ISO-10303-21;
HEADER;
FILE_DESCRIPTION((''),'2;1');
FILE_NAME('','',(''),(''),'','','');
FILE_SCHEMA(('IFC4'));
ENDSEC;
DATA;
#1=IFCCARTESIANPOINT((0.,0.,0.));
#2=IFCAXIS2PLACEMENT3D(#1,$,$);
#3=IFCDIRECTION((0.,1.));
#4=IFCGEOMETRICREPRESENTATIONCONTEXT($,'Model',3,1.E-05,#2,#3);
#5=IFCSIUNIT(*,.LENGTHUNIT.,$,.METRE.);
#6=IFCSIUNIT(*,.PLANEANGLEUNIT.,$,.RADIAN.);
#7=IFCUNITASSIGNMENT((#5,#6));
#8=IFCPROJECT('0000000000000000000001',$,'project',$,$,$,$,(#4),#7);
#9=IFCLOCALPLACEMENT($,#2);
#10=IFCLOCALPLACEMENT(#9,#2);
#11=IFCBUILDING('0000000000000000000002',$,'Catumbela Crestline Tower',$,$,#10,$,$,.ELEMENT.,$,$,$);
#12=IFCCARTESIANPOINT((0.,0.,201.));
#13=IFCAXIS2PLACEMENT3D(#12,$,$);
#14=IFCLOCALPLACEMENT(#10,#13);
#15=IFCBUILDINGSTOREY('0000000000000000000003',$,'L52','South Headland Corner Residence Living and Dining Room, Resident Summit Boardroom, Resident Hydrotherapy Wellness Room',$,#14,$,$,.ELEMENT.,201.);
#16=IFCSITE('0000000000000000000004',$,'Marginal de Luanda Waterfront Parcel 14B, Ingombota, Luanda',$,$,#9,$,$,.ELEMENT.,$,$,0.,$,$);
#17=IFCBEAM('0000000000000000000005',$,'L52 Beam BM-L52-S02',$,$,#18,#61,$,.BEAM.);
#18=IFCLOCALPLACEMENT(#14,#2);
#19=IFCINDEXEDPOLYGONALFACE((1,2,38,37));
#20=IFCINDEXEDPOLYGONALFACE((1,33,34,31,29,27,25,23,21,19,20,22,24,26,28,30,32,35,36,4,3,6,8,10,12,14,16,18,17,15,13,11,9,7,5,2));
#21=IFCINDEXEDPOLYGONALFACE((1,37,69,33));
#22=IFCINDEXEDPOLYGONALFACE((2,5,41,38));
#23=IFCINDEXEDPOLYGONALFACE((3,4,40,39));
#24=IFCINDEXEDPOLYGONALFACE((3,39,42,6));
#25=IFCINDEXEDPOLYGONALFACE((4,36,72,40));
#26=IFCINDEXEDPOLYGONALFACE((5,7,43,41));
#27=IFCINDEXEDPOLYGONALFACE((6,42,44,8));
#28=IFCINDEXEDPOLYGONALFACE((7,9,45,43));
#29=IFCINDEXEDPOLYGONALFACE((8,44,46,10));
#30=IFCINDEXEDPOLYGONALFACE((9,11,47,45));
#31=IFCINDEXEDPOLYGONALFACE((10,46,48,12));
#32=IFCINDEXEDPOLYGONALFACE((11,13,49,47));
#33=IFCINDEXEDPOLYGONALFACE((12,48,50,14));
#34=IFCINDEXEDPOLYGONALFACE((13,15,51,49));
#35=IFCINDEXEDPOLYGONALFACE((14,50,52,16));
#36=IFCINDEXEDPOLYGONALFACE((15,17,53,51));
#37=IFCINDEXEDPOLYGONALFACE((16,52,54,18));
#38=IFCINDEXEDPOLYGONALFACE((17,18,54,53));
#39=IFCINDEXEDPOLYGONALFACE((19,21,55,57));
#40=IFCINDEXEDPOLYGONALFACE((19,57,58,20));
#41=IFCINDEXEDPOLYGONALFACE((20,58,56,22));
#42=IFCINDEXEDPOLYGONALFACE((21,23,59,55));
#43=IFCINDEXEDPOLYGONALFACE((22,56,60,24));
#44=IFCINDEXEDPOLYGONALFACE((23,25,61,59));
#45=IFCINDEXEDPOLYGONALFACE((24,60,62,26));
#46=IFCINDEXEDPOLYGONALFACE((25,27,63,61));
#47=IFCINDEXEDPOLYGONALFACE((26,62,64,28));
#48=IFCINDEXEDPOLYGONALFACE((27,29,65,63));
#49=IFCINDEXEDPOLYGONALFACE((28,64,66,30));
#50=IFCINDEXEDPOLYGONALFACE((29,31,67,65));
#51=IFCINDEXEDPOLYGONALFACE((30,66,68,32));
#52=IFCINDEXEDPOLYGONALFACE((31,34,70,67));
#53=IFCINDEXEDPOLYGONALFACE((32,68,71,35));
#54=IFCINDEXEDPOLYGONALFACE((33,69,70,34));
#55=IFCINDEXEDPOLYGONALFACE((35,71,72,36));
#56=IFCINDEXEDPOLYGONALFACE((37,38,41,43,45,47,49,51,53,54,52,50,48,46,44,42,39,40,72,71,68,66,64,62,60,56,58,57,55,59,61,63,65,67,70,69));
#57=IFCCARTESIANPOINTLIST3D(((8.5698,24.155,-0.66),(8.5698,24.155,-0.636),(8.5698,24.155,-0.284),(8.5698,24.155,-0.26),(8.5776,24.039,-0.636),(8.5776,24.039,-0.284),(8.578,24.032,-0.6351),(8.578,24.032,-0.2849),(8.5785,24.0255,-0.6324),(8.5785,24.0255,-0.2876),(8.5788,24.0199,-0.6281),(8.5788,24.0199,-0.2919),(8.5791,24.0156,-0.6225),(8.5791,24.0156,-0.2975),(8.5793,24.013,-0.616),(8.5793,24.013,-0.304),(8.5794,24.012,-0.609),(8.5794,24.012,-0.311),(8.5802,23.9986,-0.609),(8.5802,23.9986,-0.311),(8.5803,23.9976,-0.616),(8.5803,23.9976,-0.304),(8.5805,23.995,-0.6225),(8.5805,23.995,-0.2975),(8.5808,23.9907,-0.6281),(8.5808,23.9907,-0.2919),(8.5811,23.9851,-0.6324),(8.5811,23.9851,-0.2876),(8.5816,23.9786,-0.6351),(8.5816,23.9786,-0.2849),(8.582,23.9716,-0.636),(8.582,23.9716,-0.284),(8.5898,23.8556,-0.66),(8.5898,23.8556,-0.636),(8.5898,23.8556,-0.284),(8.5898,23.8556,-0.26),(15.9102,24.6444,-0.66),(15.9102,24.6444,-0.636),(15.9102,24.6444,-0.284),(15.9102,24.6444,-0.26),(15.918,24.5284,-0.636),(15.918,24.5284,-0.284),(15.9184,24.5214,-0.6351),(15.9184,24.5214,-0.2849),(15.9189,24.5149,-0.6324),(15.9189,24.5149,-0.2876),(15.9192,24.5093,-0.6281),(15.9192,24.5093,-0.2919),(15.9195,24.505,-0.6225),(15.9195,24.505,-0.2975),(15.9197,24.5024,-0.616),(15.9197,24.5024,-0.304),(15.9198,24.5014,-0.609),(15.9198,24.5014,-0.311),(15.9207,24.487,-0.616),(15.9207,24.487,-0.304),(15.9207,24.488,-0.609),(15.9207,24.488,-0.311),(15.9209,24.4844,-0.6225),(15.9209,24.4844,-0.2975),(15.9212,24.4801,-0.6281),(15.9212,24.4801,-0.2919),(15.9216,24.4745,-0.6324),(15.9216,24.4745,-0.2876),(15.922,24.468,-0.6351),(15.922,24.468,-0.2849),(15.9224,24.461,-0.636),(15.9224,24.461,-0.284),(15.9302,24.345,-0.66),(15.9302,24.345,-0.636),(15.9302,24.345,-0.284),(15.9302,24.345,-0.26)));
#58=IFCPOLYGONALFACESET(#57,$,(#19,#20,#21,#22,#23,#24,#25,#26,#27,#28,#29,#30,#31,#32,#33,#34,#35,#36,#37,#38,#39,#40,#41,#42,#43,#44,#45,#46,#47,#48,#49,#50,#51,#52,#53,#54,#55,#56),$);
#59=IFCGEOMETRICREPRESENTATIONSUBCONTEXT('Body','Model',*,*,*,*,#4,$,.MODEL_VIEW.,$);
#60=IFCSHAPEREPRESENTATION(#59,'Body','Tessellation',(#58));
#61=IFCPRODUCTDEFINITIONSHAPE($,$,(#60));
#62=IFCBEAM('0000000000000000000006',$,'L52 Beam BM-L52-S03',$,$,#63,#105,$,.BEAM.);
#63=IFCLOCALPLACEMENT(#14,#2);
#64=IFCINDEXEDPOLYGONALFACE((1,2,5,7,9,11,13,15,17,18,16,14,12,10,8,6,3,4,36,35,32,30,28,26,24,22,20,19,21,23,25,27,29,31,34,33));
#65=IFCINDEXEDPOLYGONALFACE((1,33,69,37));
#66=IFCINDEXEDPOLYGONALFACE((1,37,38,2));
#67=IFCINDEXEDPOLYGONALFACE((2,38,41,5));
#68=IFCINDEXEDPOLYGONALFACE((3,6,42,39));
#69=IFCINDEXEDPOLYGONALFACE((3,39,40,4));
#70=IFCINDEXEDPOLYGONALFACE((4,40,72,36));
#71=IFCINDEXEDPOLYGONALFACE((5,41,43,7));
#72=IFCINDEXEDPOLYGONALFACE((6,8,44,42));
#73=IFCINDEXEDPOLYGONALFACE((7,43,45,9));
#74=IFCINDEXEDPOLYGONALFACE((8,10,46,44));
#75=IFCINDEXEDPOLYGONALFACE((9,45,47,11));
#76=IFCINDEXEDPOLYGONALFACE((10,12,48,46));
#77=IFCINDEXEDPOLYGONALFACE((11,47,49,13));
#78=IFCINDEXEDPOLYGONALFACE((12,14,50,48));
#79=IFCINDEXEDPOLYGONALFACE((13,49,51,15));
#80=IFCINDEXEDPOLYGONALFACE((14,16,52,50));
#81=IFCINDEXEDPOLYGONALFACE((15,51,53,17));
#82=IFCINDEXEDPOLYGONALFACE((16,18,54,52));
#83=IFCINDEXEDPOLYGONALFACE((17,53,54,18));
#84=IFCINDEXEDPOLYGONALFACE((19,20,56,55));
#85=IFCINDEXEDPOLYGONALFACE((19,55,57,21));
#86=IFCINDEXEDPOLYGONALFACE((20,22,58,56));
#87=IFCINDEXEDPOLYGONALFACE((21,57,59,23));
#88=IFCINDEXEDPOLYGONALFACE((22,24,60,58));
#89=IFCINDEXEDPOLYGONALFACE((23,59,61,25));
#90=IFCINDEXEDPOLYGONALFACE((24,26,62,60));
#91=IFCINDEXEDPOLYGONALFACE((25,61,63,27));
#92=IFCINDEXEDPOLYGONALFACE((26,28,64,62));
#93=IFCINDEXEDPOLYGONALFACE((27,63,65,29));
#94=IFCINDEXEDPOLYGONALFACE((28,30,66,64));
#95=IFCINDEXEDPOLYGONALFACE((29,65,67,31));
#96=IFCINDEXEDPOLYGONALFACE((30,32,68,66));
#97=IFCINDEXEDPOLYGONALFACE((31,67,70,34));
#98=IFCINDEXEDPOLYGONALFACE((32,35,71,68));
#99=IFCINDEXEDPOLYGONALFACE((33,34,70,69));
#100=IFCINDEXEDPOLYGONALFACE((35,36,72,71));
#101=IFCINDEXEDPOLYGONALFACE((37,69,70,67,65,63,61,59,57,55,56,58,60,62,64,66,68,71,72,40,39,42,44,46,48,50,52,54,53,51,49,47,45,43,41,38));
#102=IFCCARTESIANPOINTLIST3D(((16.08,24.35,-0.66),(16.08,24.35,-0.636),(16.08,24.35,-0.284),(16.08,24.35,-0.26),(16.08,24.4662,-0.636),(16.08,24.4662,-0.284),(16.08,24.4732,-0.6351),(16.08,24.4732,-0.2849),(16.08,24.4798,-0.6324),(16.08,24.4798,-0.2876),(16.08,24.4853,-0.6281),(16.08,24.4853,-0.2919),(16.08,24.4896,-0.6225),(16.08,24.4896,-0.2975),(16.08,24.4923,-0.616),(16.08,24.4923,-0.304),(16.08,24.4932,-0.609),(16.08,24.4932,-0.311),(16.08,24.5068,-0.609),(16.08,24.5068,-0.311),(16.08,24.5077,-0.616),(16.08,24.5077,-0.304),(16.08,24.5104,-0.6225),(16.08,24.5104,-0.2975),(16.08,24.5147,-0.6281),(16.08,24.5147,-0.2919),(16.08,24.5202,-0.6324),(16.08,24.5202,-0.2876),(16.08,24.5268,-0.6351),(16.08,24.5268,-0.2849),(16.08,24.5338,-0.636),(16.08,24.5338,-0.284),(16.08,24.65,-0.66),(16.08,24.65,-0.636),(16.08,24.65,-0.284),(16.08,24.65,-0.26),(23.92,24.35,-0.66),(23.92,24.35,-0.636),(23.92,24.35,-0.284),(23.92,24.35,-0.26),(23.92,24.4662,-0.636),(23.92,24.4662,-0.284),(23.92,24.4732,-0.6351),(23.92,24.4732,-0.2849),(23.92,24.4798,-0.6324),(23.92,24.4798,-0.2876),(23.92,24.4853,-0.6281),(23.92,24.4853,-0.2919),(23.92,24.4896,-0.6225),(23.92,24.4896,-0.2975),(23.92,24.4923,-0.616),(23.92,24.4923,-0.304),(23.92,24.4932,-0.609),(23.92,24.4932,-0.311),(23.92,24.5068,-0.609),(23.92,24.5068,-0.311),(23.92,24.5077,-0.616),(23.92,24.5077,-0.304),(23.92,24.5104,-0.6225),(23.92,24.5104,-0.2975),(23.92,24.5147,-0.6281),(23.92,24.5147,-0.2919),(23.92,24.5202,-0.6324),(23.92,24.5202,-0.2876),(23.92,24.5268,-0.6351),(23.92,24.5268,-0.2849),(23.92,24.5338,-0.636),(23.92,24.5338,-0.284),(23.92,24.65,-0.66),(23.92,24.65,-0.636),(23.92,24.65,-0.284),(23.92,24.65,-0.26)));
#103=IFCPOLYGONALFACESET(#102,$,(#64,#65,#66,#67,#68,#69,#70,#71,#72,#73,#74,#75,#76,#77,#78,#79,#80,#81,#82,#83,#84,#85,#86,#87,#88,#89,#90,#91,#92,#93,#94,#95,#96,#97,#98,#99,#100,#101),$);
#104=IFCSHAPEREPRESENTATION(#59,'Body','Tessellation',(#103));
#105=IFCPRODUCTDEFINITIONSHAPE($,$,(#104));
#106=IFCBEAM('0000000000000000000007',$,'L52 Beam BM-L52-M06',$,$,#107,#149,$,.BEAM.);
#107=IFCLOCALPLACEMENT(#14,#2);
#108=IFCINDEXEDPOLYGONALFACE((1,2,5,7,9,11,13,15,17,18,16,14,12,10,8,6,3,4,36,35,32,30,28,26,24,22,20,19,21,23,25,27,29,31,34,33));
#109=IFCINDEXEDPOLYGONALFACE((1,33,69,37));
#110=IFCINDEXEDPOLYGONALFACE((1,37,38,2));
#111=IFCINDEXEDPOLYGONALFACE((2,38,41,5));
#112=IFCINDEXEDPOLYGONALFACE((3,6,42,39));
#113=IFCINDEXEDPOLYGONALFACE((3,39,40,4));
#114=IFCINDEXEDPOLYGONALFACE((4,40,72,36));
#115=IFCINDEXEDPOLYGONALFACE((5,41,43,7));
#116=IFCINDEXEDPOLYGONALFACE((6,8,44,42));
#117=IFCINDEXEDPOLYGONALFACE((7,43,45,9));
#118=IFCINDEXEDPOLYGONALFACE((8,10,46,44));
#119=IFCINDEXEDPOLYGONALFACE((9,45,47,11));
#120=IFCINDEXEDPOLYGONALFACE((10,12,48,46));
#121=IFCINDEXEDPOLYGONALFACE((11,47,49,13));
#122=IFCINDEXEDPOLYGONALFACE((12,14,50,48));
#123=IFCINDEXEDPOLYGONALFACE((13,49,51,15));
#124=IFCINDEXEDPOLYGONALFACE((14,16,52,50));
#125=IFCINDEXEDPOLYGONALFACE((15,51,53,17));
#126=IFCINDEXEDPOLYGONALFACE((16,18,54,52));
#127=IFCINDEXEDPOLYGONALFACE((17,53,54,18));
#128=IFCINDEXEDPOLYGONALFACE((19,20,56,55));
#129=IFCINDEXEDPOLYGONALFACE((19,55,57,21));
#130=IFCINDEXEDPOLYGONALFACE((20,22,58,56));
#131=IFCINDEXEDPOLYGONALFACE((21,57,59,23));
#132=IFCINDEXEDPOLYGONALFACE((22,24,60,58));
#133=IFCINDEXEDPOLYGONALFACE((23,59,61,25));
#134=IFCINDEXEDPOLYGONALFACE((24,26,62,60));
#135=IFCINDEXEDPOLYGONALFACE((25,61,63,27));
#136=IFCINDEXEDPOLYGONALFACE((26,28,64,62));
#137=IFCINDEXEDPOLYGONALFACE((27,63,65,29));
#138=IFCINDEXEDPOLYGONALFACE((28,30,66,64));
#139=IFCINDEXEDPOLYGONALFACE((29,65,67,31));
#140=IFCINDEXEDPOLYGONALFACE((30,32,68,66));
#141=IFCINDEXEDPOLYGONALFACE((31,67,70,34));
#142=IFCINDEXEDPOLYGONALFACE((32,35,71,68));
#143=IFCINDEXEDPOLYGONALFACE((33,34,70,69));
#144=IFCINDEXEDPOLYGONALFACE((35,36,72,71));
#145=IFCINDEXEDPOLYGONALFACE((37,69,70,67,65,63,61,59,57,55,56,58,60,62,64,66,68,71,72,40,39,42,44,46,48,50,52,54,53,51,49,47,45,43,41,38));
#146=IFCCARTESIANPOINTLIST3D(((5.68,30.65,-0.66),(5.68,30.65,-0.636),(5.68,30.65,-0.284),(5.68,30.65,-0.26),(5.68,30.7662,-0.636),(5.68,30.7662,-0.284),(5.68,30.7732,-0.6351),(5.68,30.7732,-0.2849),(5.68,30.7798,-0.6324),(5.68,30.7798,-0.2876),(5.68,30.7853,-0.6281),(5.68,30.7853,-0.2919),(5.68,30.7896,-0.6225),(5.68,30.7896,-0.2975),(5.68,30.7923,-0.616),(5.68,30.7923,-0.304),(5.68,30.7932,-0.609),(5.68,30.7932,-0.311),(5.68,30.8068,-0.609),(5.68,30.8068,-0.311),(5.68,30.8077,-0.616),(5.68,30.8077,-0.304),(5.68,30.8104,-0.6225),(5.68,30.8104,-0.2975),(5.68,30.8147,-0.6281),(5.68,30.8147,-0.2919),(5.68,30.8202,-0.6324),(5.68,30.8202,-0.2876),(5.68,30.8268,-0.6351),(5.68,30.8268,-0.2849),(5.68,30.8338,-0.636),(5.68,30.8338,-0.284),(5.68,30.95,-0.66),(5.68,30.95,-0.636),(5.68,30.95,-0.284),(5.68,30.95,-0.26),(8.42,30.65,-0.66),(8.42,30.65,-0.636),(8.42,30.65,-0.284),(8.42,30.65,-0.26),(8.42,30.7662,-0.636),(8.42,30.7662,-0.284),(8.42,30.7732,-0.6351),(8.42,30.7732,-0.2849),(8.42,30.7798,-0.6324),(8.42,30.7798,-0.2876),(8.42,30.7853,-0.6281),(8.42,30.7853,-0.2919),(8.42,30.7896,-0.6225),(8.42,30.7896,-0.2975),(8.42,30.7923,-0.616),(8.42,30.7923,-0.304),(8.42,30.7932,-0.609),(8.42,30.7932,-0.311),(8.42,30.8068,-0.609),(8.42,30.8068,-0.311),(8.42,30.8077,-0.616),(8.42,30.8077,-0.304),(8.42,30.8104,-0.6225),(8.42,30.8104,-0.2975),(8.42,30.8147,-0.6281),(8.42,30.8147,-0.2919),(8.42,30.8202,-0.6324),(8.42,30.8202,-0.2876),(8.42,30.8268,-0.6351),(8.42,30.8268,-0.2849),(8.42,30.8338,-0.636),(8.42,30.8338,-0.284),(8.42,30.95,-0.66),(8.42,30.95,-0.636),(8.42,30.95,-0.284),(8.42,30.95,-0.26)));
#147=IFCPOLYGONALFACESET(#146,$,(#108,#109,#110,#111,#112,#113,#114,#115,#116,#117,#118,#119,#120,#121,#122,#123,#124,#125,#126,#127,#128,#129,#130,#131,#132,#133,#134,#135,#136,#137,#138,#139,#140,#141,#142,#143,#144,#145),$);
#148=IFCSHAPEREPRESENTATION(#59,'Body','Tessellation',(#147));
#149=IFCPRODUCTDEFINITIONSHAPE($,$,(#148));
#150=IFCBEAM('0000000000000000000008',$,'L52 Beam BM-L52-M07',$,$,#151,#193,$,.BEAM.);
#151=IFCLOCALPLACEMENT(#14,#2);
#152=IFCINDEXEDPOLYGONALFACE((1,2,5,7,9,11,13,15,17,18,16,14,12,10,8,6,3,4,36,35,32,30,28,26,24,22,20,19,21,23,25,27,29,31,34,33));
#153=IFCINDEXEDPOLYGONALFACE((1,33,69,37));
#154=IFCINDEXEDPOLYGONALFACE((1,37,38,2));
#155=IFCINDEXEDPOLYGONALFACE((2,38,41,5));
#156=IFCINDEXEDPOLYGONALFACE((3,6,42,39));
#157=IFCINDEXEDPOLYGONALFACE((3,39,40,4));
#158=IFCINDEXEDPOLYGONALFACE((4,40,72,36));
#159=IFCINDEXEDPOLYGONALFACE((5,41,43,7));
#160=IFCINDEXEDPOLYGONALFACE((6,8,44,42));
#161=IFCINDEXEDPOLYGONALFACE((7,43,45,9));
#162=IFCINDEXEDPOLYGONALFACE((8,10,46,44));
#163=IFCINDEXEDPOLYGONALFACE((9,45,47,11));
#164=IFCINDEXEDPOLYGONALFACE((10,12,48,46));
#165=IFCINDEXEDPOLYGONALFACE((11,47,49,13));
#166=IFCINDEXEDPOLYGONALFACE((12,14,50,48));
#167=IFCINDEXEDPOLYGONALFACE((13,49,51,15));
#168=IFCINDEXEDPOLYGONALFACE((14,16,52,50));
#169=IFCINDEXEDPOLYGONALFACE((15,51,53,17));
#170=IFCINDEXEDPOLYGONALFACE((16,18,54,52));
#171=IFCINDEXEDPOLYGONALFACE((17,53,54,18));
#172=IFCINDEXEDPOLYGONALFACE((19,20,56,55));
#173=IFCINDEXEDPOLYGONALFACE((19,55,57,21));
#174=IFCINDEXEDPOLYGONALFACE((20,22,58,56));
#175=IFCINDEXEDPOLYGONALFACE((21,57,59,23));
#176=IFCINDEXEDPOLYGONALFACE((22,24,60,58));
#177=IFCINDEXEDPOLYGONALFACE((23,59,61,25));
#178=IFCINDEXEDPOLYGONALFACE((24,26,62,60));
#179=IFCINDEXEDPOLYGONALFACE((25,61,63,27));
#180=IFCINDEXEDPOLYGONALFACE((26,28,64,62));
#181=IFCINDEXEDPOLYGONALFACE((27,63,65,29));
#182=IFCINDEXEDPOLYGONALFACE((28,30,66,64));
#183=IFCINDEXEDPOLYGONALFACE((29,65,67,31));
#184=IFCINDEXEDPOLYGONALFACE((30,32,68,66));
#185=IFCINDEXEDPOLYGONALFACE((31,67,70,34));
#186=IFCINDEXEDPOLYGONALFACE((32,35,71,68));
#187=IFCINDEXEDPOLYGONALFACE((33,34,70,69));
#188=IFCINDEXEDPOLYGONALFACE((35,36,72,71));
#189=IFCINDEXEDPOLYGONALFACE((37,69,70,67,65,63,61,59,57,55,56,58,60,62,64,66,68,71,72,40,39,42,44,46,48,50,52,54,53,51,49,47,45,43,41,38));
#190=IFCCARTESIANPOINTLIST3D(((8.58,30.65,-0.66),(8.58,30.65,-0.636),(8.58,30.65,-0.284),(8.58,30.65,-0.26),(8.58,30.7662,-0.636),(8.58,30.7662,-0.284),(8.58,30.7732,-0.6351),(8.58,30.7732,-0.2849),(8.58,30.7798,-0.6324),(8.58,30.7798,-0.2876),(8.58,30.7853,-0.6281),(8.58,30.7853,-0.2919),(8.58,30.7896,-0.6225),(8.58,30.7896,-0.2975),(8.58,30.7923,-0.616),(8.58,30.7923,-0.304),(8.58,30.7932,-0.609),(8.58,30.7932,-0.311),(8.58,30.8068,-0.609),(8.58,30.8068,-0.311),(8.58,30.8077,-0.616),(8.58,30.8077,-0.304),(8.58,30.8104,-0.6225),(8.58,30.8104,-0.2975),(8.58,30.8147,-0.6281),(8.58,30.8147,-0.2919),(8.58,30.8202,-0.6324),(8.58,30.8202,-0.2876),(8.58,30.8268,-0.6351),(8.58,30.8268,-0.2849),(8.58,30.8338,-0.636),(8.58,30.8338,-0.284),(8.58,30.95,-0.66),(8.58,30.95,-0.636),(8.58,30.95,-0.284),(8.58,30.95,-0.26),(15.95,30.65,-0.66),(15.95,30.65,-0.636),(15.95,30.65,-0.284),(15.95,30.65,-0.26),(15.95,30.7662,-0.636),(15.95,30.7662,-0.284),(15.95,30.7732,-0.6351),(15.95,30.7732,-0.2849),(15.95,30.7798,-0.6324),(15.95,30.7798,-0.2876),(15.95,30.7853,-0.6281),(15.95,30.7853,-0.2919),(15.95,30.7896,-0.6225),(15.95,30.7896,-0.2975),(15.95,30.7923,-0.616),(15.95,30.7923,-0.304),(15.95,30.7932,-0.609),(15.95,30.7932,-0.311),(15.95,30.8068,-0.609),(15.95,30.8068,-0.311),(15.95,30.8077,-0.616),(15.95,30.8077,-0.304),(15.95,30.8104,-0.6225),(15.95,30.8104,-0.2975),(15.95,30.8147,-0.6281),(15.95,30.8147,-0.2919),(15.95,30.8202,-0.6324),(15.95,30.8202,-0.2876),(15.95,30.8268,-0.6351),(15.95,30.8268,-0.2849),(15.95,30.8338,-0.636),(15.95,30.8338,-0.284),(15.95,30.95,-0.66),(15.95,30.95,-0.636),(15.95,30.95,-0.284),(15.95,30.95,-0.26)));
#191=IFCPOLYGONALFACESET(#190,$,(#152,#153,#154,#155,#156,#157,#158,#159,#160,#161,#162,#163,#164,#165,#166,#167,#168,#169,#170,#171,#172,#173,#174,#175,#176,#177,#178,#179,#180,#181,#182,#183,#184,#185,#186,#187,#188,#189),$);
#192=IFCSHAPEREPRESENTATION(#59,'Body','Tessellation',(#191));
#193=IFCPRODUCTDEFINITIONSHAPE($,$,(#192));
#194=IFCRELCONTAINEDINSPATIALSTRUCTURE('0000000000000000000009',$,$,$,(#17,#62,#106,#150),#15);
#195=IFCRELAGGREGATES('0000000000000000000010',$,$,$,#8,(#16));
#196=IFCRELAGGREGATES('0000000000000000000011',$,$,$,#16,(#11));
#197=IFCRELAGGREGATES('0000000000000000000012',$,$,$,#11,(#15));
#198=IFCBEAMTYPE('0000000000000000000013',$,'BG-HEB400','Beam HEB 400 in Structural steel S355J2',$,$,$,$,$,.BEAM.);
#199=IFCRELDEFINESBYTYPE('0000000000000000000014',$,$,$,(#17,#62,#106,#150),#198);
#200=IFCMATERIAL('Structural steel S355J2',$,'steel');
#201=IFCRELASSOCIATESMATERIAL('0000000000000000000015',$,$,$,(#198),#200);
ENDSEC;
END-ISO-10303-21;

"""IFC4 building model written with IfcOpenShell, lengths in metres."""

from ifc_helpers import new_model, si_unit, direction, frame, origin, origin_2d, place, context, subcontext, project, spatial, i_section, extrude, material, material_profile, profile_set, type_object, element, save


model = new_model("IFC4")

# Units and contexts
model_context = context("Model", 3, precision=1e-05, world=origin(), true_north=direction((0.0, 1.0)))
body_context = subcontext(model_context, "Body", "Model", "MODEL_VIEW")
ifc_project = project(units=[si_unit("LENGTHUNIT", "METRE"), si_unit("PLANEANGLEUNIT", "RADIAN")], contexts=[model_context])

# Site, building, storey
site_placement = place(None, origin())
site = spatial("IfcSite", under=ifc_project, at=site_placement, Name="Marginal de Luanda Waterfront Parcel 14B, Ingombota, Luanda", CompositionType="ELEMENT", RefElevation=0.0)
building_placement = place(site_placement, origin())
building = spatial("IfcBuilding", under=site, at=building_placement, Name="Catumbela Crestline Tower", CompositionType="ELEMENT")
storey_placement = place(building_placement, frame((0.0, 0.0, 201.0)))
storey = spatial("IfcBuildingStorey", under=building, at=storey_placement, Name="L52", Description="South Headland Corner Residence Living and Dining Room, Resident Summit Boardroom, Resident Hydrotherapy Wellness Room", CompositionType="ELEMENT", Elevation=201.0)

# Shared definitions
ifc_material_1 = material(Name="Structural steel S355J2", Category="steel")

# Beams
ifc_material_profile_1 = material_profile(ifc_material_1, i_section(OverallWidth=0.3, OverallDepth=0.4, WebThickness=0.0135, FlangeThickness=0.024, FilletRadius=0.027, at=origin_2d()), Name="HEB 400")
ifc_profile_set_1 = profile_set([ifc_material_profile_1], Name="Structural steel S355J2")
beam_type_1 = type_object("IfcBeamType", Name="BG-HEB400", Description="Beam HEB 400 in Structural steel S355J2", PredefinedType="BEAM", material=ifc_profile_set_1)
beam_1_placement = place(storey_placement, frame((8.5798, 24.0053, -0.46), z_axis=(0.997785, 0.066524, 0.0), x_axis=(-0.066524, 0.997785, 0.0)))
element("IfcBeam", 1, at=beam_1_placement, inside=storey, type_object=beam_type_1, Name="L52 Beam BM-L52-S02", PredefinedType="BEAM", context=body_context, shape_type="SweptSolid", body=[
    extrude(i_section(OverallWidth=0.3, OverallDepth=0.4, WebThickness=0.0135, FlangeThickness=0.024, FilletRadius=0.027, at=origin_2d()), origin(), (0.0, 0.0, 1.0), 7.3567),
])
beam_2_placement = place(storey_placement, frame((16.08, 24.5, -0.46), z_axis=(1.0, 0.0, 0.0), x_axis=(0.0, 1.0, 0.0)))
element("IfcBeam", 2, at=beam_2_placement, inside=storey, type_object=beam_type_1, Name="L52 Beam BM-L52-S03", PredefinedType="BEAM", context=body_context, shape_type="SweptSolid", body=[
    extrude(i_section(OverallWidth=0.3, OverallDepth=0.4, WebThickness=0.0135, FlangeThickness=0.024, FilletRadius=0.027, at=origin_2d()), origin(), (0.0, 0.0, 1.0), 7.84),
])
beam_3_placement = place(storey_placement, frame((5.68, 30.8, -0.46), z_axis=(1.0, 0.0, 0.0), x_axis=(0.0, 1.0, 0.0)))
element("IfcBeam", 3, at=beam_3_placement, inside=storey, type_object=beam_type_1, Name="L52 Beam BM-L52-M06", PredefinedType="BEAM", context=body_context, shape_type="SweptSolid", body=[
    extrude(i_section(OverallWidth=0.3, OverallDepth=0.4, WebThickness=0.0135, FlangeThickness=0.024, FilletRadius=0.027, at=origin_2d()), origin(), (0.0, 0.0, 1.0), 2.74),
])
beam_4_placement = place(storey_placement, frame((8.58, 30.8, -0.46), z_axis=(1.0, 0.0, 0.0), x_axis=(0.0, 1.0, 0.0)))
element("IfcBeam", 4, at=beam_4_placement, inside=storey, type_object=beam_type_1, Name="L52 Beam BM-L52-M07", PredefinedType="BEAM", context=body_context, shape_type="SweptSolid", body=[
    extrude(i_section(OverallWidth=0.3, OverallDepth=0.4, WebThickness=0.0135, FlangeThickness=0.024, FilletRadius=0.027, at=origin_2d()), origin(), (0.0, 0.0, 1.0), 7.37),
])

save(model, "model.ifc")
